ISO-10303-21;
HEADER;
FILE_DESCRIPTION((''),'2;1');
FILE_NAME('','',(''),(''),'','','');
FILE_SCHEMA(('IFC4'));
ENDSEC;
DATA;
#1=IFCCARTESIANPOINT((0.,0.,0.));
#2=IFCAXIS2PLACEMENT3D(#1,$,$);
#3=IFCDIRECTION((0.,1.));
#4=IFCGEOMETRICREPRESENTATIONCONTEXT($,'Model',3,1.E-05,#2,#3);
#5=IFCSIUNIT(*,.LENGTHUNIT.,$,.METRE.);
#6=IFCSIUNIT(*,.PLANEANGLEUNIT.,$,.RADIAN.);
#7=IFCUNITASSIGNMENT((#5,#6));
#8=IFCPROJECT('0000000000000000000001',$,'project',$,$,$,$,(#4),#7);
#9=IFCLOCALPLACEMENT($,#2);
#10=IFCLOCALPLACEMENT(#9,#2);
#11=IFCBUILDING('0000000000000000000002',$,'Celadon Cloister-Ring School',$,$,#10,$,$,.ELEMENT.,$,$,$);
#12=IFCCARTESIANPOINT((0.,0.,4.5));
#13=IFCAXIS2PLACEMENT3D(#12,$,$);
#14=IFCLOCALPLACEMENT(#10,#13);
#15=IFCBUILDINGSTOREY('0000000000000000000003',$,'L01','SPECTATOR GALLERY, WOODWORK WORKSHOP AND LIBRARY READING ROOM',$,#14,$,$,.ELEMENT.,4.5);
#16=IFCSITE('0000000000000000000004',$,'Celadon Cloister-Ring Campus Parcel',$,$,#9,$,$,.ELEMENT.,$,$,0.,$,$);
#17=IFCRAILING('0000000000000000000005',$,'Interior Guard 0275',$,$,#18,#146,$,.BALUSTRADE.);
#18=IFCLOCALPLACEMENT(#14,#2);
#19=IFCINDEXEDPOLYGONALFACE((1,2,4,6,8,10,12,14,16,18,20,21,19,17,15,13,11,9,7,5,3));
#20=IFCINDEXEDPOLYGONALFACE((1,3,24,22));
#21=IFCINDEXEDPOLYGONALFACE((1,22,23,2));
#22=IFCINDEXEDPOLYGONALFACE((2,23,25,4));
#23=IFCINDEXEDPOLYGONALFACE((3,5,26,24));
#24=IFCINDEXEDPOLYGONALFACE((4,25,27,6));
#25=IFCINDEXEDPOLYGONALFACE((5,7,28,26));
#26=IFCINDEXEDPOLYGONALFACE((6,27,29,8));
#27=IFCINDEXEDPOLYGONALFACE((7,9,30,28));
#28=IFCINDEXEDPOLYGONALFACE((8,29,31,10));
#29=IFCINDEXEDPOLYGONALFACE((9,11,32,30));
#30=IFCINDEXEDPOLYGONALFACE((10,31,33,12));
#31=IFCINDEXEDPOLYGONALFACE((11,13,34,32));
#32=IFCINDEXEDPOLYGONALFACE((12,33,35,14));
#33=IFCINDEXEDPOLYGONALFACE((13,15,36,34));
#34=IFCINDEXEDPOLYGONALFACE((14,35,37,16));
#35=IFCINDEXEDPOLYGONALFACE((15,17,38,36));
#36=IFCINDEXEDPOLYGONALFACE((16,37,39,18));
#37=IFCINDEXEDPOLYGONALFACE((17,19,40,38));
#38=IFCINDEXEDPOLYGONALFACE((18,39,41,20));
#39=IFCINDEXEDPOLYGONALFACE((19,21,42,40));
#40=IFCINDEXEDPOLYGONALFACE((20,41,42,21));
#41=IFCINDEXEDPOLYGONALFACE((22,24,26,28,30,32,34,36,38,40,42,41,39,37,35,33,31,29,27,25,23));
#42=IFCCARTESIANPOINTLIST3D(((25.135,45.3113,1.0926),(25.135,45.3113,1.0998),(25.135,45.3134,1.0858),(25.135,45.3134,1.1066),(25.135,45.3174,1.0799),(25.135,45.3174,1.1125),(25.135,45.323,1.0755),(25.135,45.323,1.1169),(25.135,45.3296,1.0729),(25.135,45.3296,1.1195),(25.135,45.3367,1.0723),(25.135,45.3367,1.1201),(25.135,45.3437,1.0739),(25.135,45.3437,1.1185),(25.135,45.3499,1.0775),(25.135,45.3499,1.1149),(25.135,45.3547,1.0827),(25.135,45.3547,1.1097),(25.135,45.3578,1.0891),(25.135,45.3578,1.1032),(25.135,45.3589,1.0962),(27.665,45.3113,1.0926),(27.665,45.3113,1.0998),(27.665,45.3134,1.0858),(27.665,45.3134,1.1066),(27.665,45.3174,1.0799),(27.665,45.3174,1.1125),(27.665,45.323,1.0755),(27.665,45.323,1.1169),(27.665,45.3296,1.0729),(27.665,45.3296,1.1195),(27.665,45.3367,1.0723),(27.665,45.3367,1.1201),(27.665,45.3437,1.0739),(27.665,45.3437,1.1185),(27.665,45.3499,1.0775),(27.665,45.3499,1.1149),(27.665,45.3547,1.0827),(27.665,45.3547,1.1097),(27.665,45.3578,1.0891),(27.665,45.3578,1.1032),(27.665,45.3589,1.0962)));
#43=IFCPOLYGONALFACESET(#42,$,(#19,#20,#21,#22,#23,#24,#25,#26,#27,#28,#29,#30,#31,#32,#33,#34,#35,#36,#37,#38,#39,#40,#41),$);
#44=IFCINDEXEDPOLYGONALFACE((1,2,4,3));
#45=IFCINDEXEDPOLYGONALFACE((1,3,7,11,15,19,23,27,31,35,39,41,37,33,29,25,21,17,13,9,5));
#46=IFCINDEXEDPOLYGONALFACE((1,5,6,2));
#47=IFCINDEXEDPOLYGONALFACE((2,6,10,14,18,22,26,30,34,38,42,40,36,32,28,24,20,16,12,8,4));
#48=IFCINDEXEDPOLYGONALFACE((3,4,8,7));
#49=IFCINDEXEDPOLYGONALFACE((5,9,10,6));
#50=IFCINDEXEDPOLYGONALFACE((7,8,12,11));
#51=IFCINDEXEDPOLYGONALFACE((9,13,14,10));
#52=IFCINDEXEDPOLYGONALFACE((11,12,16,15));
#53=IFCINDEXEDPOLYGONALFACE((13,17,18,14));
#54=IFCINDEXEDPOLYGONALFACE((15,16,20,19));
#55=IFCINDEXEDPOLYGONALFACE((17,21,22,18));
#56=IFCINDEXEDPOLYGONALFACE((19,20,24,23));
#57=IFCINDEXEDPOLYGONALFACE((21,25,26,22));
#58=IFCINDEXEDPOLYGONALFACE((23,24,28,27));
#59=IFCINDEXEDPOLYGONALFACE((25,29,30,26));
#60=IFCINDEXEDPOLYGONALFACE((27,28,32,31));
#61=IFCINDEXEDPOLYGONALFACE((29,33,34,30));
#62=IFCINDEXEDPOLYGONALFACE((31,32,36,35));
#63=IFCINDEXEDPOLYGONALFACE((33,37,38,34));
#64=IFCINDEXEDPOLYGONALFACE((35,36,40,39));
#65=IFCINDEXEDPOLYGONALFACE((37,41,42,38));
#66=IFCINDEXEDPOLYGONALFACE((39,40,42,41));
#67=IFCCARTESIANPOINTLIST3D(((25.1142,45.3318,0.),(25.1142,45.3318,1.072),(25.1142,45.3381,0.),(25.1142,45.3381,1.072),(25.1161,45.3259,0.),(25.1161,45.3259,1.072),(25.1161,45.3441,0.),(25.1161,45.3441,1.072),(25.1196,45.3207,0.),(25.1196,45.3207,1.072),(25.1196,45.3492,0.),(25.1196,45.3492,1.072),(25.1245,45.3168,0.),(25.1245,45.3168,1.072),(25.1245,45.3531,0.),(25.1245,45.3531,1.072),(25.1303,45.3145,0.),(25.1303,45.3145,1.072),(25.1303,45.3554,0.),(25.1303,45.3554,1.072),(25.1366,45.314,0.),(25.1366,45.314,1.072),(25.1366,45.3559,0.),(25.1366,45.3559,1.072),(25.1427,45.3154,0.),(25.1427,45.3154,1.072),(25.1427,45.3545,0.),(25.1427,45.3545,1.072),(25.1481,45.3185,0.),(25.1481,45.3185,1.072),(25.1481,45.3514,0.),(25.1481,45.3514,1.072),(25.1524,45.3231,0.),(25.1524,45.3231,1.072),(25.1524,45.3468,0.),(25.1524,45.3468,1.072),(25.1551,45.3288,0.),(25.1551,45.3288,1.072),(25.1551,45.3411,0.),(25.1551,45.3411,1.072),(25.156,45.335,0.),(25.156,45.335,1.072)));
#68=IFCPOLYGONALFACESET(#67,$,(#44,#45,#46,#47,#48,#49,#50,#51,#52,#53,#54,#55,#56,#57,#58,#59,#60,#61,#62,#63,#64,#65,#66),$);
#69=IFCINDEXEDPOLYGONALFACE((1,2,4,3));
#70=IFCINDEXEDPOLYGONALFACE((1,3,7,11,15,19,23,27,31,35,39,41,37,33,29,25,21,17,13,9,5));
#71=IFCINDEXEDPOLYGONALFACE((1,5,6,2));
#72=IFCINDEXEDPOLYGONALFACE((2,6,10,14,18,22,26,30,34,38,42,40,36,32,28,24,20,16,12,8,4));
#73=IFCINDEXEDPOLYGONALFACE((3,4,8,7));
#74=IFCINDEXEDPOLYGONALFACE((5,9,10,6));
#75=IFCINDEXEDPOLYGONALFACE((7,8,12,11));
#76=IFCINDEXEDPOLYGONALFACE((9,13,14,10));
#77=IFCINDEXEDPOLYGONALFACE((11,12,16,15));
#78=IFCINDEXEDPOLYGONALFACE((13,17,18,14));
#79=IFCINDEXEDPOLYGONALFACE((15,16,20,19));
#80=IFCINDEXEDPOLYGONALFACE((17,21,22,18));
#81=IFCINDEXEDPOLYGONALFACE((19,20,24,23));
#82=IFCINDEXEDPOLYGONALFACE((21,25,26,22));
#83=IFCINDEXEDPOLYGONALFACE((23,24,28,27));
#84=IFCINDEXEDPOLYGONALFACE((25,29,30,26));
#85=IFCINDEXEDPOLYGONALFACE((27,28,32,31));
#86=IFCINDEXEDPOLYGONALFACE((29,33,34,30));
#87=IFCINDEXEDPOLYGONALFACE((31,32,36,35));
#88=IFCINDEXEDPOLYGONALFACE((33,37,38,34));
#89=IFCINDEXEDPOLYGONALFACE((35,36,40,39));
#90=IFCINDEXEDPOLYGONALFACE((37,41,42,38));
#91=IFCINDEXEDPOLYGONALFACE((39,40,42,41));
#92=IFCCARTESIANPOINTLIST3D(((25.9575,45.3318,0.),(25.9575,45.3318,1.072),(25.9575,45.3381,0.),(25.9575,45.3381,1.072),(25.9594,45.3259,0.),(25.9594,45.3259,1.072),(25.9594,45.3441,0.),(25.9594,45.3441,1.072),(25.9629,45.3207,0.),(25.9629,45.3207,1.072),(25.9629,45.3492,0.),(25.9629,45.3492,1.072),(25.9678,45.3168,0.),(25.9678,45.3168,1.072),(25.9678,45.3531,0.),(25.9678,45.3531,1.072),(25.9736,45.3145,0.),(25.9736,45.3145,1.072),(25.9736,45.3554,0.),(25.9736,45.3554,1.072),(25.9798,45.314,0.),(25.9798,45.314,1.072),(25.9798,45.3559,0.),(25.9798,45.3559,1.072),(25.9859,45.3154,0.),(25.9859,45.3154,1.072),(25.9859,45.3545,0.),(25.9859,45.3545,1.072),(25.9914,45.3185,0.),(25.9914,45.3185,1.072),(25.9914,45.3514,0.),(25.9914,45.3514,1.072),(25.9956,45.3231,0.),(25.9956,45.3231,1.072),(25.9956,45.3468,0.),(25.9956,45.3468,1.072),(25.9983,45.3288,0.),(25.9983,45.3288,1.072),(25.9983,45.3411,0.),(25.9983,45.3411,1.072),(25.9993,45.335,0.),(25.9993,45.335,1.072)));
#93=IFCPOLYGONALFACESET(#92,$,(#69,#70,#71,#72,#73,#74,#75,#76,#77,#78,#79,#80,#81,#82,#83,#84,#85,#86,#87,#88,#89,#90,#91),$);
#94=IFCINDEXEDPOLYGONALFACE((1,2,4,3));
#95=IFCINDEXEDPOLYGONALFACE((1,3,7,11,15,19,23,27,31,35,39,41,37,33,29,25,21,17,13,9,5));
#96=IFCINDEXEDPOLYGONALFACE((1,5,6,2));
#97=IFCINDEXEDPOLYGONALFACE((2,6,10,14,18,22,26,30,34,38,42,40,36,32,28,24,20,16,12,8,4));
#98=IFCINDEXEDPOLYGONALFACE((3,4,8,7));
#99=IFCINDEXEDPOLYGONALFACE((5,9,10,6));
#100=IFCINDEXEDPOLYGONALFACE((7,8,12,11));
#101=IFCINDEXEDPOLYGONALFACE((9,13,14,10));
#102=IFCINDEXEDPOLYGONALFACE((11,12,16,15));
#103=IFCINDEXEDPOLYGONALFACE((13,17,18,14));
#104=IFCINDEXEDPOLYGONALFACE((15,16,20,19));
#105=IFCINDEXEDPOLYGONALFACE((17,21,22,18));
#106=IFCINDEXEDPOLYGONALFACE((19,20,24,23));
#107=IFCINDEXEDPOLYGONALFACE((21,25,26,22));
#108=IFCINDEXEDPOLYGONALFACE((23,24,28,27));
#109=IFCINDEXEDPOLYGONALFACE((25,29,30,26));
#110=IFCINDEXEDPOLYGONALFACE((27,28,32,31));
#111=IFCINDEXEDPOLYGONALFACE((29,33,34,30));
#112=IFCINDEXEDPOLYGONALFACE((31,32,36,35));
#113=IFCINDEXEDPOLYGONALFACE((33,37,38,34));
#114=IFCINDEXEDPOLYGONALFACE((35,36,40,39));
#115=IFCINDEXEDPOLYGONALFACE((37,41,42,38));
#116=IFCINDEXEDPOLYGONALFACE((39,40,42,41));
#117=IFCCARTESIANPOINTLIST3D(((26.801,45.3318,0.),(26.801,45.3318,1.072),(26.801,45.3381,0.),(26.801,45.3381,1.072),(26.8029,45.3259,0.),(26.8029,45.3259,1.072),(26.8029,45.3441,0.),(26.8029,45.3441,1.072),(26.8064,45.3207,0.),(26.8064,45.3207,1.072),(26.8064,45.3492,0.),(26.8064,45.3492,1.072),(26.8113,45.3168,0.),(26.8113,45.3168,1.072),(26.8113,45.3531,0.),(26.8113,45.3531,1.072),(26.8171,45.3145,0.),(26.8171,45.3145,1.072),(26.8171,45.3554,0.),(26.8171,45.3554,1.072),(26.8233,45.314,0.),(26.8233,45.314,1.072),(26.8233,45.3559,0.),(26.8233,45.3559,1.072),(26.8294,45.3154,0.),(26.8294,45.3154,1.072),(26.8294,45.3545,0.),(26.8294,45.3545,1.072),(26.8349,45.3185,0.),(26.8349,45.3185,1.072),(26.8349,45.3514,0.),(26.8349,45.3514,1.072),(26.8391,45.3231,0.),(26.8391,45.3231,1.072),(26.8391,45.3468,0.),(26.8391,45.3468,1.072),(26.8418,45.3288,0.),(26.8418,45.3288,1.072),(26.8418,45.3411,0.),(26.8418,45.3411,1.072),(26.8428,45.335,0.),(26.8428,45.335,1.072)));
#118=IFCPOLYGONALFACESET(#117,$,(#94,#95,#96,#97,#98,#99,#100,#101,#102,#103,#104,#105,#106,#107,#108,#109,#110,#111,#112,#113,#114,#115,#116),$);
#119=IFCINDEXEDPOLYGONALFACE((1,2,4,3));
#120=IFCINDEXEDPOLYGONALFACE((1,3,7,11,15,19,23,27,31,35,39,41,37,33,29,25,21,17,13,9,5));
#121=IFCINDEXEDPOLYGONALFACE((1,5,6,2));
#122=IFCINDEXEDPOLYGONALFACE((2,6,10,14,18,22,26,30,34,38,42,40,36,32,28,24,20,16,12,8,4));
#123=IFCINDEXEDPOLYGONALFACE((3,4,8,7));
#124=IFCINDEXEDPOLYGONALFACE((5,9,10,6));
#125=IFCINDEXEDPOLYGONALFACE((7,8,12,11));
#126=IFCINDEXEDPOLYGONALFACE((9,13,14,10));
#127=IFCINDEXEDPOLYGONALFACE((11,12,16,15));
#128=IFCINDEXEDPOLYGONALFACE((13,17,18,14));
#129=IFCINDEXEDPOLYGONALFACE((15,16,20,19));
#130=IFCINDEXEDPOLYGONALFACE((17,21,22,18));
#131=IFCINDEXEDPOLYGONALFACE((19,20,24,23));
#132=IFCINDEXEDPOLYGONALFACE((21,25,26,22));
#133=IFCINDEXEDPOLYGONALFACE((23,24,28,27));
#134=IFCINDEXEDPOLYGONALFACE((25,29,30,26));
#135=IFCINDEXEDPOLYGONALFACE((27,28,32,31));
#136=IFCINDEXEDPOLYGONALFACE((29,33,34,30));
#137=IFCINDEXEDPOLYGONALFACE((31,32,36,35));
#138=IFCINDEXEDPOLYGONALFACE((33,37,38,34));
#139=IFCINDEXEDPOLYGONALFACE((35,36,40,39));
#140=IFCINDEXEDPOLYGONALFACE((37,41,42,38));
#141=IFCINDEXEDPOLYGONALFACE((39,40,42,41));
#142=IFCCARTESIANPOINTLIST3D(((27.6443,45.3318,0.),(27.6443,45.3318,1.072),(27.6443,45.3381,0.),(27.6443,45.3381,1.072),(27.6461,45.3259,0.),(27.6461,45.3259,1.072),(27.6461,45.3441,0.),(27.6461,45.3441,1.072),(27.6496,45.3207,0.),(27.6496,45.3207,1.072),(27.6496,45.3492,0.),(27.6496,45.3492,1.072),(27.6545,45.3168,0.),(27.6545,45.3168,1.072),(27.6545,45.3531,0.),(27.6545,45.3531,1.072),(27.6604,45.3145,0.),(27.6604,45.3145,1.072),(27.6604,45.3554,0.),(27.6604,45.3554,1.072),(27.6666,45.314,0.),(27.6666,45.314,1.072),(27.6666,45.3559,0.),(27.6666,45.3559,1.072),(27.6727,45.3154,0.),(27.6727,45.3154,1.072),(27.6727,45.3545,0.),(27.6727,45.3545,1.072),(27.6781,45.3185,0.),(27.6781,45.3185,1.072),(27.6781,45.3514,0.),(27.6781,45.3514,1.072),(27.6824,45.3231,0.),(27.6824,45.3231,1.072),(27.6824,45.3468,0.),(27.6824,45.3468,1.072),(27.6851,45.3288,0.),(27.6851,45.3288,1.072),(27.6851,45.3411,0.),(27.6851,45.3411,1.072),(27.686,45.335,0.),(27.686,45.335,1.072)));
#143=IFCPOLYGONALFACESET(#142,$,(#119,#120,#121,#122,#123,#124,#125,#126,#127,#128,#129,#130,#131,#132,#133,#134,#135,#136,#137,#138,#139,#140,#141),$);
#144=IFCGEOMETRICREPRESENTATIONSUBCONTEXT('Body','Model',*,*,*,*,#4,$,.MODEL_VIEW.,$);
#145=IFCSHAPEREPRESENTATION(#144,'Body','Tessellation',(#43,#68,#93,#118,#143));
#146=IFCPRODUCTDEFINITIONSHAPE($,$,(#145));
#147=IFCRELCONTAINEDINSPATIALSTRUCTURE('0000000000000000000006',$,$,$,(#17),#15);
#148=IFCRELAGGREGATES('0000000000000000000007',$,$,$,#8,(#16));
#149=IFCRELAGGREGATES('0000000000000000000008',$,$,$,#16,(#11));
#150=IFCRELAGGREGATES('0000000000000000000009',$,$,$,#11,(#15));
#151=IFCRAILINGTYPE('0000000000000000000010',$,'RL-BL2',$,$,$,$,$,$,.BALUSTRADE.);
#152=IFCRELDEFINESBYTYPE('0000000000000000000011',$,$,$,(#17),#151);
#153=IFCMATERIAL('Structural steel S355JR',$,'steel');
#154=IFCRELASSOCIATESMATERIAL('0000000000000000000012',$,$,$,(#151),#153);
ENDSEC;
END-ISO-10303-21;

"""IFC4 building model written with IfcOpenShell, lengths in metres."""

from ifc_helpers import new_model, si_unit, direction, frame, origin, origin_2d, place, context, subcontext, project, spatial, circle, extrude, material, type_object, element, save


model = new_model("IFC4")

# Units and contexts
model_context = context("Model", 3, precision=1e-05, world=origin(), true_north=direction((0.0, 1.0)))
body_context = subcontext(model_context, "Body", "Model", "MODEL_VIEW")
ifc_project = project(units=[si_unit("LENGTHUNIT", "METRE"), si_unit("PLANEANGLEUNIT", "RADIAN")], contexts=[model_context])

# Site, building, storey
site_placement = place(None, origin())
site = spatial("IfcSite", under=ifc_project, at=site_placement, Name="Celadon Cloister-Ring Campus Parcel", CompositionType="ELEMENT", RefElevation=0.0)
building_placement = place(site_placement, origin())
building = spatial("IfcBuilding", under=site, at=building_placement, Name="Celadon Cloister-Ring School", CompositionType="ELEMENT")
storey_placement = place(building_placement, frame((0.0, 0.0, 4.5)))
storey = spatial("IfcBuildingStorey", under=building, at=storey_placement, Name="L01", Description="SPECTATOR GALLERY, WOODWORK WORKSHOP AND LIBRARY READING ROOM", CompositionType="ELEMENT", Elevation=4.5)

# Railing
ifc_material_1 = material(Name="Structural steel S355JR", Category="steel")
railing_type = type_object("IfcRailingType", Name="RL-BL2", PredefinedType="BALUSTRADE", material=ifc_material_1)
railing_placement = place(storey_placement, frame((25.135, 45.335, 0.0)))
element("IfcRailing", 1, at=railing_placement, inside=storey, type_object=railing_type, Name="Interior Guard 0275", PredefinedType="BALUSTRADE", context=body_context, shape_type="SweptSolid", body=[
    extrude(circle(Radius=0.0239, at=origin_2d()), frame((0.0, 0.0, 1.0962), z_axis=(1.0, 0.0, 0.0), x_axis=(0.0, 1.0, 0.0)), (0.0, 0.0, 1.0), 2.53),
    extrude(circle(Radius=0.021, at=origin_2d()), origin(), (0.0, 0.0, 1.0), 1.072),
    extrude(circle(Radius=0.021, at=origin_2d()), frame((0.8433, 0.0, 0.0)), (0.0, 0.0, 1.0), 1.072),
    extrude(circle(Radius=0.021, at=origin_2d()), frame((1.6868, 0.0, 0.0)), (0.0, 0.0, 1.0), 1.072),
    extrude(circle(Radius=0.021, at=origin_2d()), frame((2.53, 0.0, 0.0)), (0.0, 0.0, 1.0), 1.072),
])

save(model, "model.ifc")
